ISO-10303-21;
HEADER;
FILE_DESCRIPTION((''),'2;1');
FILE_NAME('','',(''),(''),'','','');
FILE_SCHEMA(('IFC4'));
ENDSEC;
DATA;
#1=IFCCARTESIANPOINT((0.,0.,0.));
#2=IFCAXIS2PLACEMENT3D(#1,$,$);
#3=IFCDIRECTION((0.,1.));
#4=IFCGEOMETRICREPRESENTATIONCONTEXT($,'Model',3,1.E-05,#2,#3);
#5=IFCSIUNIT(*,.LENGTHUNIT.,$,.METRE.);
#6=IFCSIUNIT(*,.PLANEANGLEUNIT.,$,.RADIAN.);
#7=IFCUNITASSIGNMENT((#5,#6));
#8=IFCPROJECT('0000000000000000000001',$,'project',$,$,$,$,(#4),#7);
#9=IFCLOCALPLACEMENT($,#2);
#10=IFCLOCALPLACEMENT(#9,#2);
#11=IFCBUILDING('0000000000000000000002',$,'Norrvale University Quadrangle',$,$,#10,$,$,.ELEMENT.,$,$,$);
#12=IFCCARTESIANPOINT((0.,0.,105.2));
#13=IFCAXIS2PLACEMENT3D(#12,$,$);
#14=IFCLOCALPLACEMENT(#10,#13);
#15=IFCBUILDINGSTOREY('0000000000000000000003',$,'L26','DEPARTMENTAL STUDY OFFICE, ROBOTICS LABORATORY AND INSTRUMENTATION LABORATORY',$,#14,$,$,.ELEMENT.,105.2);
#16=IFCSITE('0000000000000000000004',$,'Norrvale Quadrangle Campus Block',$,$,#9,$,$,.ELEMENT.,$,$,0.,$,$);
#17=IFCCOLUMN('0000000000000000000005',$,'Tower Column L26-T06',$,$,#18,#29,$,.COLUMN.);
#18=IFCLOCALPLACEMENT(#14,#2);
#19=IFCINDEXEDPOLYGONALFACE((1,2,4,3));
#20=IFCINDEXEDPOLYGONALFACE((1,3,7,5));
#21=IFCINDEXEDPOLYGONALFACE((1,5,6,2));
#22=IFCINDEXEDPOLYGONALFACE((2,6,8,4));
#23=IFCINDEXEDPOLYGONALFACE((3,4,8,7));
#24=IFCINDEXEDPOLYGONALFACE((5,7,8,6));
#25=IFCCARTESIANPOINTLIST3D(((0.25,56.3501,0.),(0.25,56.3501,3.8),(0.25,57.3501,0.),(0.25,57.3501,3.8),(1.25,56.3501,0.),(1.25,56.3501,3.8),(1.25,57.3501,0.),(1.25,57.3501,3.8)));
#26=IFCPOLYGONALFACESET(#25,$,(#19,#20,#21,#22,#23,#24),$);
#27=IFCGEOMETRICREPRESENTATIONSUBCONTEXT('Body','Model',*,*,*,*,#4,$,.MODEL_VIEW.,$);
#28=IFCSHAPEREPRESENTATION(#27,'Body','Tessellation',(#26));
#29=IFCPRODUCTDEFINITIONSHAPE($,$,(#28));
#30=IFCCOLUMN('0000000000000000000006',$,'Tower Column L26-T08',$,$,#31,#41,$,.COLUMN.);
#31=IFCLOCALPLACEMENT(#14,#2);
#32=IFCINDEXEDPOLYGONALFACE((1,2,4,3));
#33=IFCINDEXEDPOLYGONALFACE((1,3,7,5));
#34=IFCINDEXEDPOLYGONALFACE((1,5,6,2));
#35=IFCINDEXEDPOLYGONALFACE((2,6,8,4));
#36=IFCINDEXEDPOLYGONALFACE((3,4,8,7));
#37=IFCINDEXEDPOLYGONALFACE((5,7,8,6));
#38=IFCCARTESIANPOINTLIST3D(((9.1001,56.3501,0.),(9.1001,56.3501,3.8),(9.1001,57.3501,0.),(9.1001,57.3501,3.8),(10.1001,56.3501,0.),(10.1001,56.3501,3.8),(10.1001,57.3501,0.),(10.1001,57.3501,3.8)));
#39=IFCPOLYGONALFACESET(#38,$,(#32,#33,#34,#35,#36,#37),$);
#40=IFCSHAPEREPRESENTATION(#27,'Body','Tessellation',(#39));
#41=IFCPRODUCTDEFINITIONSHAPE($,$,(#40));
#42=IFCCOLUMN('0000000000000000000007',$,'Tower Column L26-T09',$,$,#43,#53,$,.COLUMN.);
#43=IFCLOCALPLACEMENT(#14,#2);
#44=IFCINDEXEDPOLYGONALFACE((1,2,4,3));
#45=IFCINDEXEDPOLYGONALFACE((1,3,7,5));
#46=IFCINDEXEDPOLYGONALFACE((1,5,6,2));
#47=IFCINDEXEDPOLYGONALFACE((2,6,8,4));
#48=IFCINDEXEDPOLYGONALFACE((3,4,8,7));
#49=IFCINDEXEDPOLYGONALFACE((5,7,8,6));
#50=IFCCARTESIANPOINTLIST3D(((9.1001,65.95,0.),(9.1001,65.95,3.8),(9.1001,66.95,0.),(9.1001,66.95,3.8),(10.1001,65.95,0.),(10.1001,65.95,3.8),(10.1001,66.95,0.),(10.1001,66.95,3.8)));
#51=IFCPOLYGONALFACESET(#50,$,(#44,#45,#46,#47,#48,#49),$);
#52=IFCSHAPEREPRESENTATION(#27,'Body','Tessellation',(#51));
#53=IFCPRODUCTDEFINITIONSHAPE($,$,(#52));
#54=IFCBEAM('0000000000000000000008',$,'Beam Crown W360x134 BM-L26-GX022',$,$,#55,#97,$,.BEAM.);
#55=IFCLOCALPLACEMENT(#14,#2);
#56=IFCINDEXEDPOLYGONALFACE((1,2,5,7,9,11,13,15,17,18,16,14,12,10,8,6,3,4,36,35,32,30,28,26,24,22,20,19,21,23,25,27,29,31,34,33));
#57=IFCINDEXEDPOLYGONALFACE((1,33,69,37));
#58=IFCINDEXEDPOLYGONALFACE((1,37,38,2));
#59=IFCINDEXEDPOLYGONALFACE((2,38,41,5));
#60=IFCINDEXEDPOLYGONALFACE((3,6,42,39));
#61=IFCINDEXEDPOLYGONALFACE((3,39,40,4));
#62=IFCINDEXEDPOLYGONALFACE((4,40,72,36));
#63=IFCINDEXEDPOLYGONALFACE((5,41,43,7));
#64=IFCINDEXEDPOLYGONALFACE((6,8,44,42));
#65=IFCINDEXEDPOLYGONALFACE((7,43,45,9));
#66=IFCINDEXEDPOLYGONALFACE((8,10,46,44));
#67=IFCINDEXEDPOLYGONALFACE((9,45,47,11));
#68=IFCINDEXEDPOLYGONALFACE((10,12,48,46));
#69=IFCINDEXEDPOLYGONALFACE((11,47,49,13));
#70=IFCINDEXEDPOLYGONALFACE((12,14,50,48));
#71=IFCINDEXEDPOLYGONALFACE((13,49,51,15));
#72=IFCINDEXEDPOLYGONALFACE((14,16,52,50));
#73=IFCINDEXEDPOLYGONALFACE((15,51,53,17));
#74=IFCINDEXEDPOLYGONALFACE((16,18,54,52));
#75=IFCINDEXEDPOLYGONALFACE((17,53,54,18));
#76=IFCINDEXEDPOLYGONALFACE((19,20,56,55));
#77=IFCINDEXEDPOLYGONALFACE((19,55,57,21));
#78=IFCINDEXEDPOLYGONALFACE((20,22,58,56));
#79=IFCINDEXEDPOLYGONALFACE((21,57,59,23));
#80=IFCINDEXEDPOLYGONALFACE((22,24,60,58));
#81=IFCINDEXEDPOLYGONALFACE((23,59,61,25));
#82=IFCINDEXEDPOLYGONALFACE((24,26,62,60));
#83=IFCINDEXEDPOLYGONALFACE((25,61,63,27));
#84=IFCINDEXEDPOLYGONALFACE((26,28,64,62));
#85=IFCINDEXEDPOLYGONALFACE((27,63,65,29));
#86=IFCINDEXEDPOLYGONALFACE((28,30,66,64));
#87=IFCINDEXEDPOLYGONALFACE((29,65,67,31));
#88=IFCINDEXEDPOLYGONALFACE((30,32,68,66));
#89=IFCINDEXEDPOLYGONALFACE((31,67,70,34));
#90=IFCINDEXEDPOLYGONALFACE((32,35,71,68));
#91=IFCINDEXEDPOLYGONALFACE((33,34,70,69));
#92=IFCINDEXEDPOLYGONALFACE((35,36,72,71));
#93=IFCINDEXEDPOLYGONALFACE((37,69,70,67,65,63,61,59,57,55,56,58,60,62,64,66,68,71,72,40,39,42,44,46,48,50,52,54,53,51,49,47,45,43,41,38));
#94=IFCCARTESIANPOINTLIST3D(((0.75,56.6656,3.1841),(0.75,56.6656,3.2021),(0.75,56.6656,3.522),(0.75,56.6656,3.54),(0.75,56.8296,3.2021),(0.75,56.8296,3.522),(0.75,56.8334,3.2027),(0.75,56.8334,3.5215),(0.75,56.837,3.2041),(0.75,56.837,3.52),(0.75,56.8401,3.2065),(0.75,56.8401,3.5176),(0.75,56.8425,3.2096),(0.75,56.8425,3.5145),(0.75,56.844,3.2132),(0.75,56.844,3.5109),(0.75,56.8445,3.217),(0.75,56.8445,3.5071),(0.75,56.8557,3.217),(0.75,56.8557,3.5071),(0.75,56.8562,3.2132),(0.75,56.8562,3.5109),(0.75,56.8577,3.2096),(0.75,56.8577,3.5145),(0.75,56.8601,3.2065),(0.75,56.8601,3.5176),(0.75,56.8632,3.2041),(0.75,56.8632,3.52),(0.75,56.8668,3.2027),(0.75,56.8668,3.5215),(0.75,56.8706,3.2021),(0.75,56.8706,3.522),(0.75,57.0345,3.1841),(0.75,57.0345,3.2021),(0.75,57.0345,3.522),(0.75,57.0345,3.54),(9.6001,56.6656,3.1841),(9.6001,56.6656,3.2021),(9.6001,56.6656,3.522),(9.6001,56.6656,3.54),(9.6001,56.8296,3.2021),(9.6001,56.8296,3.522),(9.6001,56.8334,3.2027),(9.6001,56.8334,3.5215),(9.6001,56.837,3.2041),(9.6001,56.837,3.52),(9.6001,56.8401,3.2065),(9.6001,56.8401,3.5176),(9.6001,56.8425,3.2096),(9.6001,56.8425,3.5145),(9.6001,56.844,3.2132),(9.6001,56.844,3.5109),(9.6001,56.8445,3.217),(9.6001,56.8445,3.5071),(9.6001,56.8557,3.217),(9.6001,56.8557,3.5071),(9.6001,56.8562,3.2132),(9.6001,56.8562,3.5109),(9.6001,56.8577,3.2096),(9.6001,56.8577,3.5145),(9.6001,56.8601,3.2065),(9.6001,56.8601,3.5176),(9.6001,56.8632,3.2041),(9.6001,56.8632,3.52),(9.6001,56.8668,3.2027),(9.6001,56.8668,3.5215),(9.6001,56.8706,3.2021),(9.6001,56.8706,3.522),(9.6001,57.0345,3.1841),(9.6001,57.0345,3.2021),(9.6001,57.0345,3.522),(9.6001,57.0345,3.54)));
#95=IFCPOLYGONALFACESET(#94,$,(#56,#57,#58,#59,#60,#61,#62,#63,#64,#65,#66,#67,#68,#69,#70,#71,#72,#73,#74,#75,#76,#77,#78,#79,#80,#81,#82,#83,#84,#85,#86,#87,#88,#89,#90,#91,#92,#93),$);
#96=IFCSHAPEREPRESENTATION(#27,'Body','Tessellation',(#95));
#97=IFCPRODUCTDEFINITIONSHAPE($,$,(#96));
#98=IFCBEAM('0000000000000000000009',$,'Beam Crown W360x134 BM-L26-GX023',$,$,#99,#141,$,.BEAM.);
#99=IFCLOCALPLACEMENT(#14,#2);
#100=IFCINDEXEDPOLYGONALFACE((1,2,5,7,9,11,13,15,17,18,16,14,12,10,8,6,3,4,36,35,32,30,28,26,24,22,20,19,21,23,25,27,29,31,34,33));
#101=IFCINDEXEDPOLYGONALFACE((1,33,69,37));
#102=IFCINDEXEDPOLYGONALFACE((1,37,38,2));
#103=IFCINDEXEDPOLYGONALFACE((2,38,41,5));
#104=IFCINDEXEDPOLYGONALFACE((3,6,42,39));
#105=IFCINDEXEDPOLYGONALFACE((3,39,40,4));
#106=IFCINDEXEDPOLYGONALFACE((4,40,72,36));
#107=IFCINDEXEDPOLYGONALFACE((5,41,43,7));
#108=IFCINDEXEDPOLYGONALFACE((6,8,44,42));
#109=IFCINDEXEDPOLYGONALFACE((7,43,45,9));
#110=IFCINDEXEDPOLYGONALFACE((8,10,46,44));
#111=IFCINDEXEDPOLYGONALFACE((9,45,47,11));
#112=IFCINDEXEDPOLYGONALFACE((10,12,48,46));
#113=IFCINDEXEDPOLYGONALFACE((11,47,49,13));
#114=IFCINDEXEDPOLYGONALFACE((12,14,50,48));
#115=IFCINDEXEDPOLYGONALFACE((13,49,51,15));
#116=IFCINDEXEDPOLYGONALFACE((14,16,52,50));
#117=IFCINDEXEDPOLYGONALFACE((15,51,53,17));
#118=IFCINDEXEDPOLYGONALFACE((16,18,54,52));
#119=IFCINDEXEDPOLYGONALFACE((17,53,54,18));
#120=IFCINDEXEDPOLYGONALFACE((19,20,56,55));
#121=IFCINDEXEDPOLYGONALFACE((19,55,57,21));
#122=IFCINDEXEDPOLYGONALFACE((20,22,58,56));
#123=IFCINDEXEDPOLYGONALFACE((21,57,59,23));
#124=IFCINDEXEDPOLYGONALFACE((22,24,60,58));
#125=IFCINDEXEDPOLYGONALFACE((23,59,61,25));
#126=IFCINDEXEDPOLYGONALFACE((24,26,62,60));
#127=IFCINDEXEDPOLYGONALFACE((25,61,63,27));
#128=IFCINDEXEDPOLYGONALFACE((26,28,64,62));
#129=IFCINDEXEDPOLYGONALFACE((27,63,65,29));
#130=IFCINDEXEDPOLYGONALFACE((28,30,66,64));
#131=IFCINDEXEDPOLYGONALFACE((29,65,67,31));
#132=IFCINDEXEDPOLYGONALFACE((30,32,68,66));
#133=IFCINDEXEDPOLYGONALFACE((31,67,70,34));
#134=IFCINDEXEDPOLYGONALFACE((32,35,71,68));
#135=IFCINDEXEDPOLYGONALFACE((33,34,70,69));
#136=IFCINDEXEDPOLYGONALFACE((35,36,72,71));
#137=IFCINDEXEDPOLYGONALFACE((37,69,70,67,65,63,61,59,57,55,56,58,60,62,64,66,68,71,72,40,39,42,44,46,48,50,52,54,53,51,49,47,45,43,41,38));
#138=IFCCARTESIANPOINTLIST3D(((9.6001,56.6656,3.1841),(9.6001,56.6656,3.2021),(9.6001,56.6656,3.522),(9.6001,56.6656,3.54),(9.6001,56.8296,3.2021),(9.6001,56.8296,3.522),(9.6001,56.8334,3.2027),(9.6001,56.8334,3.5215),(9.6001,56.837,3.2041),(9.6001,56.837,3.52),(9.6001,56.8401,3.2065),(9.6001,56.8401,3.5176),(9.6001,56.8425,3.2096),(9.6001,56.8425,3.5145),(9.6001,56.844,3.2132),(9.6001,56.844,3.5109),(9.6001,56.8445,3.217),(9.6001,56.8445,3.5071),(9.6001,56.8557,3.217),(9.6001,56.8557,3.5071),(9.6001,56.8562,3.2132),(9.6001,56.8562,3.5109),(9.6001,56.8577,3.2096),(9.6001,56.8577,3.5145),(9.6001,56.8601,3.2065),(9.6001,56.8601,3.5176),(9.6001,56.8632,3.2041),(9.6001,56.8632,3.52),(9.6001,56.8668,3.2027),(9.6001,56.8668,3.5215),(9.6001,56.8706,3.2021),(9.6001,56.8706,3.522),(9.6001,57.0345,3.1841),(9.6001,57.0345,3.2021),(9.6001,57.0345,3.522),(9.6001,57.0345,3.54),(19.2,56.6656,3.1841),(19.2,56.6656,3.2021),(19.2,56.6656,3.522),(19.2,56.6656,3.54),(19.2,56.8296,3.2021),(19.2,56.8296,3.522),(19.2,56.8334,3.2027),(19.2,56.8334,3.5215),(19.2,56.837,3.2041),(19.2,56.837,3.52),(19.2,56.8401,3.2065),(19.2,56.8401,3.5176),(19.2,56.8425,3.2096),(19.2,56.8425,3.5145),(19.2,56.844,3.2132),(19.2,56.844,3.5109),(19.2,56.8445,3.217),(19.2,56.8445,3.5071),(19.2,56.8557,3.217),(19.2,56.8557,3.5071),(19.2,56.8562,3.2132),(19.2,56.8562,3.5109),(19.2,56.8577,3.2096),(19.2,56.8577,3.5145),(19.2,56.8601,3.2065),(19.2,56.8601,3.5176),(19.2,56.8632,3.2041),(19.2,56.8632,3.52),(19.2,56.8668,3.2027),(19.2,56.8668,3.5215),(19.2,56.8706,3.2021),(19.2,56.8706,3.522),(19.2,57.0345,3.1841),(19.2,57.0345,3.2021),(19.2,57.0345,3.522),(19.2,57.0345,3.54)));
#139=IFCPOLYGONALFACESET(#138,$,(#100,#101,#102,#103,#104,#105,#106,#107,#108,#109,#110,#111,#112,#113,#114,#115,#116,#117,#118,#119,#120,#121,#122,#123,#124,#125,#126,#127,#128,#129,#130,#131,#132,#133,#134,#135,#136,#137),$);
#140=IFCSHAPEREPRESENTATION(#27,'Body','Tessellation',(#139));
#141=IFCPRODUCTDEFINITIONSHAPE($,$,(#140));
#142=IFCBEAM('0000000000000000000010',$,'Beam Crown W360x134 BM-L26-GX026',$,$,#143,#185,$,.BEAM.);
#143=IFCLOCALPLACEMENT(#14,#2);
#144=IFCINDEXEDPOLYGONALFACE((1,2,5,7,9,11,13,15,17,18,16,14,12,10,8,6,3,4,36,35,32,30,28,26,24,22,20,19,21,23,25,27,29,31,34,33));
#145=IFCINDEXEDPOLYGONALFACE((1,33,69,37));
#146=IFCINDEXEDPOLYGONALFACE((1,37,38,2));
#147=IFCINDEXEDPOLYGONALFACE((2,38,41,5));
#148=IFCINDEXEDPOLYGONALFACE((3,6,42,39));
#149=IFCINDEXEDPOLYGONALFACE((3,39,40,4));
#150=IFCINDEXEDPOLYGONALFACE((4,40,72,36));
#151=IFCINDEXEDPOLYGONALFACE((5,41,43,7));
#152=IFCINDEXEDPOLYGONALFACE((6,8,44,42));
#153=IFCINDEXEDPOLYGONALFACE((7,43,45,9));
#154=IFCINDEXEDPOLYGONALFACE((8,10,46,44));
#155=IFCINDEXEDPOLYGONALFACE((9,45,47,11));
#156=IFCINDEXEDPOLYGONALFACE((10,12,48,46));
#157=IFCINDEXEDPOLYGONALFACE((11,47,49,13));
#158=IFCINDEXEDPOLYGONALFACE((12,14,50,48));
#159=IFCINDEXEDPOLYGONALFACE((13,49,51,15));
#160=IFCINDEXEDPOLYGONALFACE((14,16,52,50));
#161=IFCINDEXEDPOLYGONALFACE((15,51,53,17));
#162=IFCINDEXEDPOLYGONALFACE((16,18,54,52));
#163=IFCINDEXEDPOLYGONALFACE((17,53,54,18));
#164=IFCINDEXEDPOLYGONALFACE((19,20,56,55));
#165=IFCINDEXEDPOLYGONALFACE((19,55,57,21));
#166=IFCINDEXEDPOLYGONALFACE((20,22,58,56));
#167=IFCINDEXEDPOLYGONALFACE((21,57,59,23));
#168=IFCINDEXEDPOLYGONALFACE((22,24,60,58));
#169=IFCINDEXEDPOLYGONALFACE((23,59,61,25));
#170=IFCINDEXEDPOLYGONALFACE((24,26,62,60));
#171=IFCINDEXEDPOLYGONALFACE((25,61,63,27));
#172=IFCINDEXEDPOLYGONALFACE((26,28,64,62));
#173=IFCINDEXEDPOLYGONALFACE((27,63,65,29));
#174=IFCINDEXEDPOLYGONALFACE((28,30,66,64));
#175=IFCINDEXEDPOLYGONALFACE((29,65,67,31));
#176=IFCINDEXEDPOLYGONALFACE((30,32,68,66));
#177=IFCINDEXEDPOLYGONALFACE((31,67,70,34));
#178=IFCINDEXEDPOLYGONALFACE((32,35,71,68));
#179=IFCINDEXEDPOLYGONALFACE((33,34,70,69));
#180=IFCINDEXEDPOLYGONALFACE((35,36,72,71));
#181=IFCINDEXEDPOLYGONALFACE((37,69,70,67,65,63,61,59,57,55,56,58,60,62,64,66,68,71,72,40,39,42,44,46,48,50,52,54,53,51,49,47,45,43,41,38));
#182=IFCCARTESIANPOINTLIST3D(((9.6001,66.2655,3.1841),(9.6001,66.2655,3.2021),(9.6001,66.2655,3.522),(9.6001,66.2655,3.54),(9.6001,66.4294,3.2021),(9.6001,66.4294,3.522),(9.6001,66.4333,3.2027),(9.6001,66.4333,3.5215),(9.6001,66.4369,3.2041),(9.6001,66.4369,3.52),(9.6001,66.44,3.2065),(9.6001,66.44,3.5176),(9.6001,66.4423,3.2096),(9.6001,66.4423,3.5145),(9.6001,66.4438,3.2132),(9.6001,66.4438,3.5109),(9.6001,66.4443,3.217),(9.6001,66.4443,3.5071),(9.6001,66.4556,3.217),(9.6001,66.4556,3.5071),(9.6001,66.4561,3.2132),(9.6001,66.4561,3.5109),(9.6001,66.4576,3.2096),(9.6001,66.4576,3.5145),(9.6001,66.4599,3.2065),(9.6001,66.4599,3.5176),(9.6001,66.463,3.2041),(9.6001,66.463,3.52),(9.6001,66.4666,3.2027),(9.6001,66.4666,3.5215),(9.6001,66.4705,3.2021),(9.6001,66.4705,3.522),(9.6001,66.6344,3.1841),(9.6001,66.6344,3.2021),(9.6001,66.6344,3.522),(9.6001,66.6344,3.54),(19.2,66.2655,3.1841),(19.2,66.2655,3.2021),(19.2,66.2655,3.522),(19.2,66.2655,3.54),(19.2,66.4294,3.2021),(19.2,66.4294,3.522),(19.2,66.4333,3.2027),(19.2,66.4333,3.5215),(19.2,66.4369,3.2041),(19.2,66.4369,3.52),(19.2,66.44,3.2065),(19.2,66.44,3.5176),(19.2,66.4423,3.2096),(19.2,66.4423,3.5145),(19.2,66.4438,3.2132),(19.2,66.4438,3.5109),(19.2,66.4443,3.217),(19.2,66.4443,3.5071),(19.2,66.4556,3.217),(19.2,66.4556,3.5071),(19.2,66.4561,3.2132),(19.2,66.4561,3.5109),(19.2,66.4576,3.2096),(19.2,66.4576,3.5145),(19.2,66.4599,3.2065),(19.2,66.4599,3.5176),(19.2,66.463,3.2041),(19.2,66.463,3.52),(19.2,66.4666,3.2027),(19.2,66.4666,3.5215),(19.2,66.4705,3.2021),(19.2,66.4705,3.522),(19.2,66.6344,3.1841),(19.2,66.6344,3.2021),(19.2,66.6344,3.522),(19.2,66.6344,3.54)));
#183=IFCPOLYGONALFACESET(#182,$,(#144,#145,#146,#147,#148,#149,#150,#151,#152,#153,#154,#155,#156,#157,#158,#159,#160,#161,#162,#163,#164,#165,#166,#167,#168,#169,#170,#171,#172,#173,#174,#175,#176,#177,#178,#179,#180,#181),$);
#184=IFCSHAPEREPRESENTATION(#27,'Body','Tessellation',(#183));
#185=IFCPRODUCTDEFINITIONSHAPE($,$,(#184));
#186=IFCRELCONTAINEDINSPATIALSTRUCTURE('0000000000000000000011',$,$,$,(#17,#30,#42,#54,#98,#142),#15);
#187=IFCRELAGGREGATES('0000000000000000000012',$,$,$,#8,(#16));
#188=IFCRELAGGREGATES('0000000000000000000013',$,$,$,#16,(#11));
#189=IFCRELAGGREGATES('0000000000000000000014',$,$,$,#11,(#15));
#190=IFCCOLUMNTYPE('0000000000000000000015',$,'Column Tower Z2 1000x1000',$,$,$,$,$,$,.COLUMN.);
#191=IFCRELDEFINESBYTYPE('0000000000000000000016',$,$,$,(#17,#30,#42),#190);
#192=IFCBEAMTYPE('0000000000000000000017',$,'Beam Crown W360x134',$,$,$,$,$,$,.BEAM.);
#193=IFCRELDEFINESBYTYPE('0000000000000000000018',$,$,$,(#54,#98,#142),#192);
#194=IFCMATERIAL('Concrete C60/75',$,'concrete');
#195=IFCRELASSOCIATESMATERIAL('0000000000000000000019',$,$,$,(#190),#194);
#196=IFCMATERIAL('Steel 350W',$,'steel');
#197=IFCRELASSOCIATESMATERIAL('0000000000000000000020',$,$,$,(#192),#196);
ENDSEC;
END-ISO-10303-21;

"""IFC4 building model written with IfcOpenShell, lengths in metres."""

from ifc_helpers import new_model, si_unit, direction, frame, origin, origin_2d, place, context, subcontext, project, spatial, rectangle, i_section, extrude, material, material_profile, profile_set, type_object, element, save


model = new_model("IFC4")

# Units and contexts
model_context = context("Model", 3, precision=1e-05, world=origin(), true_north=direction((0.0, 1.0)))
body_context = subcontext(model_context, "Body", "Model", "MODEL_VIEW")
ifc_project = project(units=[si_unit("LENGTHUNIT", "METRE"), si_unit("PLANEANGLEUNIT", "RADIAN")], contexts=[model_context])

# Site, building, storey
site_placement = place(None, origin())
site = spatial("IfcSite", under=ifc_project, at=site_placement, Name="Norrvale Quadrangle Campus Block", CompositionType="ELEMENT", RefElevation=0.0)
building_placement = place(site_placement, origin())
building = spatial("IfcBuilding", under=site, at=building_placement, Name="Norrvale University Quadrangle", CompositionType="ELEMENT")
storey_placement = place(building_placement, frame((0.0, 0.0, 105.2)))
storey = spatial("IfcBuildingStorey", under=building, at=storey_placement, Name="L26", Description="DEPARTMENTAL STUDY OFFICE, ROBOTICS LABORATORY AND INSTRUMENTATION LABORATORY", CompositionType="ELEMENT", Elevation=105.2)

# Columns
ifc_material_1 = material(Name="Concrete C60/75", Category="concrete")
ifc_material_profile_1 = material_profile(ifc_material_1, rectangle(XDim=1.0, YDim=1.0, at=origin_2d()), Name="Concrete C60/75")
ifc_profile_set_1 = profile_set([ifc_material_profile_1], Name="Concrete C60/75")
column_type = type_object("IfcColumnType", Name="Column Tower Z2 1000x1000", PredefinedType="COLUMN", material=ifc_profile_set_1)
for number, where, z_axis, x_axis, name in (
    (1, (0.75, 56.8501, 0.0), (0.0, 0.0, 1.0), (1.0, 0.0, 0.0), "Tower Column L26-T06"),
    (2, (9.6001, 56.8501, 0.0), (0.0, 0.0, 1.0), (1.0, 0.0, 0.0), "Tower Column L26-T08"),
    (3, (9.6001, 66.45, 0.0), (0.0, 0.0, 1.0), (1.0, 0.0, 0.0), "Tower Column L26-T09"),
):
    element("IfcColumn", number, at=place(storey_placement, frame(where, z_axis=z_axis, x_axis=x_axis)), inside=storey, type_object=column_type, Name=name, PredefinedType="COLUMN", context=body_context, shape_type="SweptSolid", body=[
        extrude(rectangle(XDim=1.0, YDim=1.0, at=origin_2d()), origin(), (0.0, 0.0, 1.0), 3.8),
    ])

# Beams
ifc_material_2 = material(Name="Steel 350W", Category="steel")
ifc_material_profile_2 = material_profile(ifc_material_2, i_section(OverallWidth=0.3689, OverallDepth=0.356, WebThickness=0.0112, FlangeThickness=0.0181, FilletRadius=0.0149, at=origin_2d()), Name="Steel 350W")
ifc_profile_set_2 = profile_set([ifc_material_profile_2], Name="Steel 350W")
beam_type_1 = type_object("IfcBeamType", Name="Beam Crown W360x134", PredefinedType="BEAM", material=ifc_profile_set_2)
beam_1_placement = place(storey_placement, frame((0.75, 56.8501, 3.3621), z_axis=(1.0, 0.0, 0.0), x_axis=(0.0, 1.0, 0.0)))
element("IfcBeam", 4, at=beam_1_placement, inside=storey, type_object=beam_type_1, Name="Beam Crown W360x134 BM-L26-GX022", PredefinedType="BEAM", context=body_context, shape_type="SweptSolid", body=[
    extrude(i_section(OverallWidth=0.3689, OverallDepth=0.356, WebThickness=0.0112, FlangeThickness=0.0181, FilletRadius=0.0149, at=origin_2d()), origin(), (0.0, 0.0, 1.0), 8.8501),
])
for number, where, z_axis, x_axis, name in (
    (5, (9.6001, 56.8501, 3.3621), (1.0, 0.0, 0.0), (0.0, 1.0, 0.0), "Beam Crown W360x134 BM-L26-GX023"),
    (6, (9.6001, 66.45, 3.3621), (1.0, 0.0, 0.0), (0.0, 1.0, 0.0), "Beam Crown W360x134 BM-L26-GX026"),
):
    element("IfcBeam", number, at=place(storey_placement, frame(where, z_axis=z_axis, x_axis=x_axis)), inside=storey, type_object=beam_type_1, Name=name, PredefinedType="BEAM", context=body_context, shape_type="SweptSolid", body=[
        extrude(i_section(OverallWidth=0.3689, OverallDepth=0.356, WebThickness=0.0112, FlangeThickness=0.0181, FilletRadius=0.0149, at=origin_2d()), origin(), (0.0, 0.0, 1.0), 9.5999),
    ])

save(model, "model.ifc")
